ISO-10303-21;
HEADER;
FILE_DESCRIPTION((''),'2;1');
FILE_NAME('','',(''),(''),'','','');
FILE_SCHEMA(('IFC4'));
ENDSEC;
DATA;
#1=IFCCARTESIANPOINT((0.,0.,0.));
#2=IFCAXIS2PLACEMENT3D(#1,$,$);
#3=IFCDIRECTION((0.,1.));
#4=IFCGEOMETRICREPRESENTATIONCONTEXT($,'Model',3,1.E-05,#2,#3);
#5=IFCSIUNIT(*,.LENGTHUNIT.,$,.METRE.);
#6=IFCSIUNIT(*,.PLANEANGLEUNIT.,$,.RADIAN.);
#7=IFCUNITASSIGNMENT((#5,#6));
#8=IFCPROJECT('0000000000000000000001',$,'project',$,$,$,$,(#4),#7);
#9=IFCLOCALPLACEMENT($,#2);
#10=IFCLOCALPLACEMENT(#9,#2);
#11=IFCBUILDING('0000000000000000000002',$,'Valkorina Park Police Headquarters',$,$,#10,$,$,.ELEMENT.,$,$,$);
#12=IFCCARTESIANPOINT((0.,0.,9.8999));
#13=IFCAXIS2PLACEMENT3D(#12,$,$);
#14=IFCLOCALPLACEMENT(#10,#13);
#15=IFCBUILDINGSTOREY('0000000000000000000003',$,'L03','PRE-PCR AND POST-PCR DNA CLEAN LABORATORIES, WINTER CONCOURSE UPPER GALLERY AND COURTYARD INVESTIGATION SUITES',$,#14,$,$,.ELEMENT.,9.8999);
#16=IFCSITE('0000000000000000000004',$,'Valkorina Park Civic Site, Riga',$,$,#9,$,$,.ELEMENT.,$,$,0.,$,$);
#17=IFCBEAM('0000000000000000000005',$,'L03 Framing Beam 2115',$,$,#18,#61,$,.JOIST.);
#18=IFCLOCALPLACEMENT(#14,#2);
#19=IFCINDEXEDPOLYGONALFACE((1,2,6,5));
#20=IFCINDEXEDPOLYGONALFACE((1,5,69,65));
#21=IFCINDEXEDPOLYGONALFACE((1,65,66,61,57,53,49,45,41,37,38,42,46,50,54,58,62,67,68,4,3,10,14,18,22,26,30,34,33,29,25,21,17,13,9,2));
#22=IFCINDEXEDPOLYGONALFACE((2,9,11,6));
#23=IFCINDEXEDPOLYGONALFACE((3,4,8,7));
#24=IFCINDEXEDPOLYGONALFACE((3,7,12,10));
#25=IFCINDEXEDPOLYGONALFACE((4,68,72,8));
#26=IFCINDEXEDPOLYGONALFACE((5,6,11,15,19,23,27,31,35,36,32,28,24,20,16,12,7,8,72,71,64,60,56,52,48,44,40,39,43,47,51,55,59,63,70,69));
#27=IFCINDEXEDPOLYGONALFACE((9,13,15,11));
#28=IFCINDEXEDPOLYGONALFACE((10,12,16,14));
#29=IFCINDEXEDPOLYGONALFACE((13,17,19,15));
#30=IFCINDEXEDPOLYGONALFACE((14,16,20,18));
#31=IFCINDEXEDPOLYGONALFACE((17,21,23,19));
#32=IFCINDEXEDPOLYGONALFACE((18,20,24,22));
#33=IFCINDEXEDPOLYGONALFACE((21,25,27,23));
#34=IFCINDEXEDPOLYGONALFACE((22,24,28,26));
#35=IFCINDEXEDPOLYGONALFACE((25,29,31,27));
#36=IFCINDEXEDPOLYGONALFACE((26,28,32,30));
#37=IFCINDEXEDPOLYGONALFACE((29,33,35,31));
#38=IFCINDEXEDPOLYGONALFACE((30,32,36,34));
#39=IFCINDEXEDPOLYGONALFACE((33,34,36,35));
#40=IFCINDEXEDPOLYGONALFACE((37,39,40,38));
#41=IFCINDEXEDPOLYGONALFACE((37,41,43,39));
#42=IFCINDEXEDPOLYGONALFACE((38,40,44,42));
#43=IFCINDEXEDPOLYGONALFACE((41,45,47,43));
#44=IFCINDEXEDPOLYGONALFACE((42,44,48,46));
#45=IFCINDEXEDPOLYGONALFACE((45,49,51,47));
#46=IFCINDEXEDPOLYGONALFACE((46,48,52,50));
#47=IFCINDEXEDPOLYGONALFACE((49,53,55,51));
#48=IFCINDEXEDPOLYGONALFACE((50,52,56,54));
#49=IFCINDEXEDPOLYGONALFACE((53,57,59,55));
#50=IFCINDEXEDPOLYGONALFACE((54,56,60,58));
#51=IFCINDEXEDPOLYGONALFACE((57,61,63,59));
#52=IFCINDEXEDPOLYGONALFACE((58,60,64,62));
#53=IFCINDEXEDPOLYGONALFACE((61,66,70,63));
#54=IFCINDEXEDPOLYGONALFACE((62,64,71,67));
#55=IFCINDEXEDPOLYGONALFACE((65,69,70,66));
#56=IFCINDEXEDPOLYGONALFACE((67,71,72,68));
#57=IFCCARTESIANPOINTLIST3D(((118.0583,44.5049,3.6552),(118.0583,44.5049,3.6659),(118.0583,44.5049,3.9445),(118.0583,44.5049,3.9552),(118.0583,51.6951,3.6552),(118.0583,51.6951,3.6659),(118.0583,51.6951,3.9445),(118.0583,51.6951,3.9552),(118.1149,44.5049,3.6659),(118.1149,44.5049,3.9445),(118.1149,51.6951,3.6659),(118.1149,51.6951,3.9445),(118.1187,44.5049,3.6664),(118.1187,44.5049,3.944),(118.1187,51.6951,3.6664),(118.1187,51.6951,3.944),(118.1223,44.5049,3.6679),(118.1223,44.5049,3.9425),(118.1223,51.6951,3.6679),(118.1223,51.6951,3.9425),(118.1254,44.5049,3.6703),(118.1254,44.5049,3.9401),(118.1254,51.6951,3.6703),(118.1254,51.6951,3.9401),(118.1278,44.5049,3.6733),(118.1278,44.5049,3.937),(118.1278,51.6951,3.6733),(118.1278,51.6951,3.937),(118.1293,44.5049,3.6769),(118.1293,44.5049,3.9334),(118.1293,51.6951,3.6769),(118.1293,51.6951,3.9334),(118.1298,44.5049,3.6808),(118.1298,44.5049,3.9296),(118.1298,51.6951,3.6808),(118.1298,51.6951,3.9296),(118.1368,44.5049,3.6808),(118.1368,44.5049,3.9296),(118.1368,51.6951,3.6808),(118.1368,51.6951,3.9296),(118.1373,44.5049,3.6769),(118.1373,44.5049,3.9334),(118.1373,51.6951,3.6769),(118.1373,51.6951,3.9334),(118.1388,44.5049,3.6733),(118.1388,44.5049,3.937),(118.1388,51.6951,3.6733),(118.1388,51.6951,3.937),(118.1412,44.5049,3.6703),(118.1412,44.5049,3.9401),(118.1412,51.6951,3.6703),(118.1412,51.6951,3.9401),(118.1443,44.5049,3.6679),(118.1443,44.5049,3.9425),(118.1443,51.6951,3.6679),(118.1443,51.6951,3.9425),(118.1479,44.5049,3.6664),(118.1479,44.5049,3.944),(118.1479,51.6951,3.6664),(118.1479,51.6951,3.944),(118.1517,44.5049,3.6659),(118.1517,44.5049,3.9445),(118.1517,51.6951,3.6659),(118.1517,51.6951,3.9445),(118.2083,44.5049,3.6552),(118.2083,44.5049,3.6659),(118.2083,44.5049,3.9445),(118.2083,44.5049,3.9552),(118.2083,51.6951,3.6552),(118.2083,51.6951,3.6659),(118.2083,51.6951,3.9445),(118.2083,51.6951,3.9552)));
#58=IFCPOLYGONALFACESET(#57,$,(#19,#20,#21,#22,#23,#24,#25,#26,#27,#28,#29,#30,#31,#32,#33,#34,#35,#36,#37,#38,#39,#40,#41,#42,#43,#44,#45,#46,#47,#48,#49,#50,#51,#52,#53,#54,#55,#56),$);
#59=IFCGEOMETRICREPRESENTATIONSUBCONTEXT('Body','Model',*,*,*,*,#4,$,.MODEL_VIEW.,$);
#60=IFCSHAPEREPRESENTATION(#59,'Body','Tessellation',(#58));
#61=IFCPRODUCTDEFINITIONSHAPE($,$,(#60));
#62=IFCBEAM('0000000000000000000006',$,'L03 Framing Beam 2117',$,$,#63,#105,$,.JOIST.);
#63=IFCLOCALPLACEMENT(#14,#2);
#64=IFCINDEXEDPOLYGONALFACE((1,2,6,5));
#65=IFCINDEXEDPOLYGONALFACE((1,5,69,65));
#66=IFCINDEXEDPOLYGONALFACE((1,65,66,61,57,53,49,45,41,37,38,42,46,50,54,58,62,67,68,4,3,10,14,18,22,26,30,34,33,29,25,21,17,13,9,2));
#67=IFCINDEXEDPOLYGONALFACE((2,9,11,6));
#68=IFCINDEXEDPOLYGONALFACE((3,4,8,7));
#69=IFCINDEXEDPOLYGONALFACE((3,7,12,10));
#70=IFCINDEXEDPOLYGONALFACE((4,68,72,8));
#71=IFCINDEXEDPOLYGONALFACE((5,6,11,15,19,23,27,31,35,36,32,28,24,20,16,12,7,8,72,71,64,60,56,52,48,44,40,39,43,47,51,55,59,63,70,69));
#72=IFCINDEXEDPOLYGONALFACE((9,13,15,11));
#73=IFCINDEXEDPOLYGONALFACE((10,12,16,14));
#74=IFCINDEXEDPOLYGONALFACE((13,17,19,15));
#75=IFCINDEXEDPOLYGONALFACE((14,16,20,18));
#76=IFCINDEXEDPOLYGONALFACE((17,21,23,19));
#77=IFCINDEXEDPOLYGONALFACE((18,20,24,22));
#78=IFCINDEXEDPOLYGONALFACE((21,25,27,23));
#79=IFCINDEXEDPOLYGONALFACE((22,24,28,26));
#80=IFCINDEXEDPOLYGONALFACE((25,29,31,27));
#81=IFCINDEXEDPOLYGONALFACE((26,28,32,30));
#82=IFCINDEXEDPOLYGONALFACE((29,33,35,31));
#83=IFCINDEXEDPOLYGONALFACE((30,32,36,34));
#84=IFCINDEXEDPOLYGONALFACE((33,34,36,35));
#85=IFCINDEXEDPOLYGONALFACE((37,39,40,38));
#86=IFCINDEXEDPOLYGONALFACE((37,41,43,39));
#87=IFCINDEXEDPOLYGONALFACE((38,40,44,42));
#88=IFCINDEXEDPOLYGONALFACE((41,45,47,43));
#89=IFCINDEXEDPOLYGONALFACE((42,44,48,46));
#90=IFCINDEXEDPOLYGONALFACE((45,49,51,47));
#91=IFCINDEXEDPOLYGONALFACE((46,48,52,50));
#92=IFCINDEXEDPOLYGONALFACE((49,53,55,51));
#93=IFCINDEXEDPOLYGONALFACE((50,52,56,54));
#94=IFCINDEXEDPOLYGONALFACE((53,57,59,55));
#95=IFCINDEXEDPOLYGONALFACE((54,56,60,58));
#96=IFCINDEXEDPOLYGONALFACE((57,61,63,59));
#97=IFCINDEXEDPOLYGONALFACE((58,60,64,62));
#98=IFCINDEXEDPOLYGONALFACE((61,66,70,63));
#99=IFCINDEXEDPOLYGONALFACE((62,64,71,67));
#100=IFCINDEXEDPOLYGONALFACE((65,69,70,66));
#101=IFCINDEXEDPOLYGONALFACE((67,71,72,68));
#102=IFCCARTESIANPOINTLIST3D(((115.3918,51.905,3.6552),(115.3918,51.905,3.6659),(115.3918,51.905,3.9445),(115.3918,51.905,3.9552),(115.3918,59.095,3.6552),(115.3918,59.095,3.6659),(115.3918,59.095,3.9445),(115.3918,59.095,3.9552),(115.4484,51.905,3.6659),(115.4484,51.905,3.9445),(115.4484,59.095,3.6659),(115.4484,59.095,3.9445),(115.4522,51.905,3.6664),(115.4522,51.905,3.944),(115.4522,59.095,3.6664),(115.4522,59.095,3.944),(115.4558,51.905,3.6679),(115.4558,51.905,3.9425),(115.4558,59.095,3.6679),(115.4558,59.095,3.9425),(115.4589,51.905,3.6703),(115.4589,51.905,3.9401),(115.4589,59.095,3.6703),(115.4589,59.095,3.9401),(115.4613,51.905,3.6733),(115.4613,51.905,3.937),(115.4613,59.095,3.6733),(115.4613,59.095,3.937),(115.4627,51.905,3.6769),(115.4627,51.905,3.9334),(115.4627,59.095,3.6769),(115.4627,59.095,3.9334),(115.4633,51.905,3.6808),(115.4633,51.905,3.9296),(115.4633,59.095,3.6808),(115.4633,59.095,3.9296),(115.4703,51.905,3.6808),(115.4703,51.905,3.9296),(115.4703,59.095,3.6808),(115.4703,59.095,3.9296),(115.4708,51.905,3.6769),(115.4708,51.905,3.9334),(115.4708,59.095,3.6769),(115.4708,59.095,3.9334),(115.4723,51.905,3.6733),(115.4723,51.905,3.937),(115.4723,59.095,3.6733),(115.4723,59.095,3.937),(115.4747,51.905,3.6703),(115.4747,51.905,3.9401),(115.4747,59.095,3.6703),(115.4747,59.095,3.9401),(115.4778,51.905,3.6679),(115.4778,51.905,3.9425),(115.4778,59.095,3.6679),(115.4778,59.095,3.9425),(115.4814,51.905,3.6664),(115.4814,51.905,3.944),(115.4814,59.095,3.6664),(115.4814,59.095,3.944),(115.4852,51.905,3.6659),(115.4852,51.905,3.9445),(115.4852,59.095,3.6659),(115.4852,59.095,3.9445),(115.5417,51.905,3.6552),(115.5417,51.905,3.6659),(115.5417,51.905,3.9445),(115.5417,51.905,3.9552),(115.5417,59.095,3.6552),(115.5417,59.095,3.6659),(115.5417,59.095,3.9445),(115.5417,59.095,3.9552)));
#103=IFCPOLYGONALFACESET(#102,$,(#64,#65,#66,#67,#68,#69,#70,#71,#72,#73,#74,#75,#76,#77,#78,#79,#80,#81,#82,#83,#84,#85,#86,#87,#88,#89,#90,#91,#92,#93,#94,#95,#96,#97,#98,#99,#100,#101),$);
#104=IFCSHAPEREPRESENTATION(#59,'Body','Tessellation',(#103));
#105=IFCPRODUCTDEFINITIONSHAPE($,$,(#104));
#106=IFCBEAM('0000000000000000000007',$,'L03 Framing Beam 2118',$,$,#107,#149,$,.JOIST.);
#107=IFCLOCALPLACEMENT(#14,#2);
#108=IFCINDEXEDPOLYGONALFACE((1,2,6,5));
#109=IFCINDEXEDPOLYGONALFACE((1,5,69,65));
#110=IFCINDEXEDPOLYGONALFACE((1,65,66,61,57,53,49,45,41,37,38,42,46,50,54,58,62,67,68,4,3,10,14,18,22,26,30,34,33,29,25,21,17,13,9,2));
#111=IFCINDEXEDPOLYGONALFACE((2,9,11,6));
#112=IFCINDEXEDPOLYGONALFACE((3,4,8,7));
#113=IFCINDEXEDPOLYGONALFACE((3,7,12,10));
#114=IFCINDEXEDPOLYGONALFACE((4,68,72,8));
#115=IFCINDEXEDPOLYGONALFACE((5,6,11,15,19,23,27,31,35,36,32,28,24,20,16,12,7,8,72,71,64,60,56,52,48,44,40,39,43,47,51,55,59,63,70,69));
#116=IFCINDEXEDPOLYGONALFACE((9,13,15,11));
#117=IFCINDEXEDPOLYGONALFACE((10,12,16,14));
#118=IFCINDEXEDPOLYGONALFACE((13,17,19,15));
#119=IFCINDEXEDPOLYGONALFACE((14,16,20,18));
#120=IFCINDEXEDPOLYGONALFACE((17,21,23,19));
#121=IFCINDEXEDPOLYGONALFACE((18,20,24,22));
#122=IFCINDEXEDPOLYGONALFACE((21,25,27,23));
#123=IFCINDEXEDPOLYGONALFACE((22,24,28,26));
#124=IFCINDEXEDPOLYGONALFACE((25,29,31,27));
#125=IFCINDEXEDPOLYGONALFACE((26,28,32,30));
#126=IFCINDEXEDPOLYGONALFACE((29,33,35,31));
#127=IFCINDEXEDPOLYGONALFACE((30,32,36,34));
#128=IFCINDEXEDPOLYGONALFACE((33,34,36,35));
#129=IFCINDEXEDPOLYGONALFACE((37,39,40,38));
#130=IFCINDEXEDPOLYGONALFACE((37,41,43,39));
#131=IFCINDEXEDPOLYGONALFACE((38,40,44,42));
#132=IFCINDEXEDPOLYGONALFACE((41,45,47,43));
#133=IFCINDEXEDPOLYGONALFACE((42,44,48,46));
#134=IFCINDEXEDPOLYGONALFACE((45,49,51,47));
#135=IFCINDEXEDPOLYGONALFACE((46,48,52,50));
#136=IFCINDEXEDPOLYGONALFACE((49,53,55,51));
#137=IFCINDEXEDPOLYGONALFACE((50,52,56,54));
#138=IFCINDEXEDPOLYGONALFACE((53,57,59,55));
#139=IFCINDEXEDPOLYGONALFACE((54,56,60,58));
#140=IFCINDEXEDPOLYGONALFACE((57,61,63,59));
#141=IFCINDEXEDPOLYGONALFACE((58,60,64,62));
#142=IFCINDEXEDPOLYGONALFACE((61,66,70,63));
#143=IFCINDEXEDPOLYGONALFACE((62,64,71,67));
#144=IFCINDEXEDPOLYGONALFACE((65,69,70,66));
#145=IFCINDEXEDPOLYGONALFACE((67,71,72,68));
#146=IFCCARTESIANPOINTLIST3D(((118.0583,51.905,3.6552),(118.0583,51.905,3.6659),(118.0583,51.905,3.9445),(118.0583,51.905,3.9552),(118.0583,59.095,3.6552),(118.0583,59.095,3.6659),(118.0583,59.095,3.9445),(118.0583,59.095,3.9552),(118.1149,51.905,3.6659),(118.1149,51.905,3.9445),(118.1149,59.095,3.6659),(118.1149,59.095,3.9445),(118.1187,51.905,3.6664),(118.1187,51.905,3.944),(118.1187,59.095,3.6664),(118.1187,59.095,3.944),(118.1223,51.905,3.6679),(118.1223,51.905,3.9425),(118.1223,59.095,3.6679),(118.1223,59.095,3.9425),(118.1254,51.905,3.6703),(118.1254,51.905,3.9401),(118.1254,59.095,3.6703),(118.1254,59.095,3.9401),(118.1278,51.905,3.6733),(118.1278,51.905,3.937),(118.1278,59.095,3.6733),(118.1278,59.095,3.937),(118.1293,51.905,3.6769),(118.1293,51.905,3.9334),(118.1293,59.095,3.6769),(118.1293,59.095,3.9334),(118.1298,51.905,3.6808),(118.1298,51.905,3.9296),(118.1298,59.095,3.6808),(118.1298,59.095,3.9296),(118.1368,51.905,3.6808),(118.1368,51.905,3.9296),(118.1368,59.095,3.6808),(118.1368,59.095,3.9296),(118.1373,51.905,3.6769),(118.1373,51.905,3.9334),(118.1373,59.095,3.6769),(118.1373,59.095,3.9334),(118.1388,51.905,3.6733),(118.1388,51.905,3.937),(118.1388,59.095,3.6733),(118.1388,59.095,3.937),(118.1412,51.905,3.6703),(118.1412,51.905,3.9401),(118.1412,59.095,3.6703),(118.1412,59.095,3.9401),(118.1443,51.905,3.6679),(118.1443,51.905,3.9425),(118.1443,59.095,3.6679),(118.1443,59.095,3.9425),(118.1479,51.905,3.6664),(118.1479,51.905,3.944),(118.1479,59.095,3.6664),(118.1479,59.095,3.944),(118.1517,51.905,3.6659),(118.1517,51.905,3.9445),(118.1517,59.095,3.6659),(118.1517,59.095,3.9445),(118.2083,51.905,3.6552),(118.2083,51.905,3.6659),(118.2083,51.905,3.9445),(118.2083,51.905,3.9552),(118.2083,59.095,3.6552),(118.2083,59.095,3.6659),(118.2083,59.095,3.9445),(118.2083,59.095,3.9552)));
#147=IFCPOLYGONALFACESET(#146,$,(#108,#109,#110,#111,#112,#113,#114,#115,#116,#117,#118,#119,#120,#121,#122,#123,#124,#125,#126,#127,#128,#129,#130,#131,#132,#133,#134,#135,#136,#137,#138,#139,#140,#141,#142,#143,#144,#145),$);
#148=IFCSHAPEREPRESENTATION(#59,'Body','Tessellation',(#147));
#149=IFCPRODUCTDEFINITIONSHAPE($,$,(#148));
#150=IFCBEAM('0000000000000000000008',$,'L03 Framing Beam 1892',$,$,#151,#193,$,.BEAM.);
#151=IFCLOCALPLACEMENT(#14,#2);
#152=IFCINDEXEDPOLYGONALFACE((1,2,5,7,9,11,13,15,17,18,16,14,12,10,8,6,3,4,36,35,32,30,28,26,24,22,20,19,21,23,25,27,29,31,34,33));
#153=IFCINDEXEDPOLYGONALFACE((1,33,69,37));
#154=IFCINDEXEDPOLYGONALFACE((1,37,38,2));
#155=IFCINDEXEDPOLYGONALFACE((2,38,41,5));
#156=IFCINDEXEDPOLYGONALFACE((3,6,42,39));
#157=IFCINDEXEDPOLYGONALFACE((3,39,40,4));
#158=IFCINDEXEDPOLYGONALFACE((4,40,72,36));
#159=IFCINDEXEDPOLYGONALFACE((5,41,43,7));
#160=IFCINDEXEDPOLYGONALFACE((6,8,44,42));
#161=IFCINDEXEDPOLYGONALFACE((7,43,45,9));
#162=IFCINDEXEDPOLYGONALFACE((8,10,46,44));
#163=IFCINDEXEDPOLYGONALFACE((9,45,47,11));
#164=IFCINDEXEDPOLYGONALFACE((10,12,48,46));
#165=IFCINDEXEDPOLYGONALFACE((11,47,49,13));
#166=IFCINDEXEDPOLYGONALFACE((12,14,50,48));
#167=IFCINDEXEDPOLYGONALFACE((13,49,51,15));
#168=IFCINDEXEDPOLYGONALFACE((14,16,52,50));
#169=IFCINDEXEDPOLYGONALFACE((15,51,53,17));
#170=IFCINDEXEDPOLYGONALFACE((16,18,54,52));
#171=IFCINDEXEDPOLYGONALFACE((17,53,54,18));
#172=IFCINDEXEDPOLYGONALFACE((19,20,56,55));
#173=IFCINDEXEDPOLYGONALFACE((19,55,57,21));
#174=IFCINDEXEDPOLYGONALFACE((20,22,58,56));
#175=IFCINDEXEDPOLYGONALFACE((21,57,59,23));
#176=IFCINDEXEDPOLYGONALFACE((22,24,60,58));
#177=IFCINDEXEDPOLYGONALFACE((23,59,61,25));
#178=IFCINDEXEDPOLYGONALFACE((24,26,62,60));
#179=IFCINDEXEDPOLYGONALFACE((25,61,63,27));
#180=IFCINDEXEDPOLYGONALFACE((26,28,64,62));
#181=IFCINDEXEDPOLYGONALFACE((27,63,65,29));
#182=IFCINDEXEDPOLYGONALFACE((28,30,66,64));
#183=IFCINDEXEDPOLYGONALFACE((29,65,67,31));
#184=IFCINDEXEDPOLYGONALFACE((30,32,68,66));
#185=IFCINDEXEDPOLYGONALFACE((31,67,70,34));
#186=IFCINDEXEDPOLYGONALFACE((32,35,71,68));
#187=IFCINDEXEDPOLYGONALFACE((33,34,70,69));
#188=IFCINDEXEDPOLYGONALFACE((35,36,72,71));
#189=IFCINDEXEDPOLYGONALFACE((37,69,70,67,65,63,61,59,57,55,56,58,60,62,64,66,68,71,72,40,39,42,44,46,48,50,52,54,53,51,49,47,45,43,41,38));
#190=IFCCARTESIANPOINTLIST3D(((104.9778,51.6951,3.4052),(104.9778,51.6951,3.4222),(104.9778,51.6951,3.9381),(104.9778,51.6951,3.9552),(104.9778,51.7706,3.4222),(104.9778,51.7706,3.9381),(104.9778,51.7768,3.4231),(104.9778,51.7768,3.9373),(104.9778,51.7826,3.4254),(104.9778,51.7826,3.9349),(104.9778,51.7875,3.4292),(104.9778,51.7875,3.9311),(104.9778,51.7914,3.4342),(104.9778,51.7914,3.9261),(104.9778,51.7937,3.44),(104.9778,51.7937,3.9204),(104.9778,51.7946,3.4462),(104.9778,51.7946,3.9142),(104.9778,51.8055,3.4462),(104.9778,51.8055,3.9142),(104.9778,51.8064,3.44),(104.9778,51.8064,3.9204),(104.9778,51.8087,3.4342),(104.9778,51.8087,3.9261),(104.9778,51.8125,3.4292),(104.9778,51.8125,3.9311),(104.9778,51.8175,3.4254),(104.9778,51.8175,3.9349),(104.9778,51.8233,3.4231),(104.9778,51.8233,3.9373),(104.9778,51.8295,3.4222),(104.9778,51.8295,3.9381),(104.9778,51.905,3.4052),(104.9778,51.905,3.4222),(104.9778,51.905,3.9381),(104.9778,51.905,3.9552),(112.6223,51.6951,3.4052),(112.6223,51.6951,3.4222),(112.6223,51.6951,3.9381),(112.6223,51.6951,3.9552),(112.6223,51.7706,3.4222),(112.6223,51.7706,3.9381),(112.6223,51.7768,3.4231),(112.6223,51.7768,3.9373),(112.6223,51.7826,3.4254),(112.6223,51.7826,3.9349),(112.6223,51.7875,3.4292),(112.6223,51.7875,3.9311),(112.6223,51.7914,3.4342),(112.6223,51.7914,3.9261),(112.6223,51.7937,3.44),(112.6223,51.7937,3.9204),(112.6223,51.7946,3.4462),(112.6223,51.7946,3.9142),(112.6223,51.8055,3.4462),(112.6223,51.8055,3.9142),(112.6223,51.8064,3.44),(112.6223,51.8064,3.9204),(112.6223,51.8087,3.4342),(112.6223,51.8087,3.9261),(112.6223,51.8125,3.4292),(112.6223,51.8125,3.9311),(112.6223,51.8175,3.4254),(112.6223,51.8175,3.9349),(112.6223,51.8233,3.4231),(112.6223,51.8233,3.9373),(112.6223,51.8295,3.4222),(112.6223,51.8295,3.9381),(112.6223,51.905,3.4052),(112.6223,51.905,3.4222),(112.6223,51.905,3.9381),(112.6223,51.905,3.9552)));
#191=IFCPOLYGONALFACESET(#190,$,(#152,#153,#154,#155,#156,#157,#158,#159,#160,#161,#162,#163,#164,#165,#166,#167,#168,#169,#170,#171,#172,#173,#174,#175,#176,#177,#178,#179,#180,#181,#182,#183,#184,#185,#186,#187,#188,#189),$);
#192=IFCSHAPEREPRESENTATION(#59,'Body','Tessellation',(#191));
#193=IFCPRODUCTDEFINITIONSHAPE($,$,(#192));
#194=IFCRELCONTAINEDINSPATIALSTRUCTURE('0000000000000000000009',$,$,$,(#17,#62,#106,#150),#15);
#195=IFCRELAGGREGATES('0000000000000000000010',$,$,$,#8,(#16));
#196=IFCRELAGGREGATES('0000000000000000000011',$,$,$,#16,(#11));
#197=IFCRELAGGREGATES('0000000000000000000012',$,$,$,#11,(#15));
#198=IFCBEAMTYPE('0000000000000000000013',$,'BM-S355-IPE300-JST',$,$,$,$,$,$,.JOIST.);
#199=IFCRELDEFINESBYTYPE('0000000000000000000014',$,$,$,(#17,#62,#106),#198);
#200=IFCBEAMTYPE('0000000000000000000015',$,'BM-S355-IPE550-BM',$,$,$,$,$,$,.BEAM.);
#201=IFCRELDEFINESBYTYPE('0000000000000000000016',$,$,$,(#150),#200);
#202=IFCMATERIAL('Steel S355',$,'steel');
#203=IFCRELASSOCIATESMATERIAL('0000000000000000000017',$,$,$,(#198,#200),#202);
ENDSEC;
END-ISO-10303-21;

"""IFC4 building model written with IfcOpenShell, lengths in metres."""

from ifc_helpers import new_model, si_unit, direction, frame, origin, origin_2d, place, context, subcontext, project, spatial, i_section, extrude, material, material_profile, profile_set, type_object, element, save


model = new_model("IFC4")

# Units and contexts
model_context = context("Model", 3, precision=1e-05, world=origin(), true_north=direction((0.0, 1.0)))
body_context = subcontext(model_context, "Body", "Model", "MODEL_VIEW")
ifc_project = project(units=[si_unit("LENGTHUNIT", "METRE"), si_unit("PLANEANGLEUNIT", "RADIAN")], contexts=[model_context])

# Site, building, storey
site_placement = place(None, origin())
site = spatial("IfcSite", under=ifc_project, at=site_placement, Name="Valkorina Park Civic Site, Riga", CompositionType="ELEMENT", RefElevation=0.0)
building_placement = place(site_placement, origin())
building = spatial("IfcBuilding", under=site, at=building_placement, Name="Valkorina Park Police Headquarters", CompositionType="ELEMENT")
storey_placement = place(building_placement, frame((0.0, 0.0, 9.8999)))
storey = spatial("IfcBuildingStorey", under=building, at=storey_placement, Name="L03", Description="PRE-PCR AND POST-PCR DNA CLEAN LABORATORIES, WINTER CONCOURSE UPPER GALLERY AND COURTYARD INVESTIGATION SUITES", CompositionType="ELEMENT", Elevation=9.8999)

# Shared definitions
ifc_material_1 = material(Name="Steel S355", Category="steel")

# Beams
ifc_material_profile_1 = material_profile(ifc_material_1, i_section(OverallWidth=0.1499, OverallDepth=0.3, WebThickness=0.0071, FlangeThickness=0.0107, FilletRadius=0.0149, at=origin_2d()), Name="IPE 300")
ifc_profile_set_1 = profile_set([ifc_material_profile_1], Name="Steel S355")
beam_type_1 = type_object("IfcBeamType", Name="BM-S355-IPE300-JST", PredefinedType="JOIST", material=ifc_profile_set_1)
for number, where, z_axis, x_axis, name in (
    (1, (118.1333, 44.5049, 3.8052), (0.0, 1.0, 0.0), (-1.0, 0.0, 0.0), "L03 Framing Beam 2115"),
):
    element("IfcBeam", number, at=place(storey_placement, frame(where, z_axis=z_axis, x_axis=x_axis)), inside=storey, type_object=beam_type_1, Name=name, PredefinedType="JOIST", context=body_context, shape_type="SweptSolid", body=[
        extrude(i_section(OverallWidth=0.1499, OverallDepth=0.3, WebThickness=0.0071, FlangeThickness=0.0107, FilletRadius=0.0149, at=origin_2d()), origin(), (0.0, 0.0, 1.0), 7.1902),
    ])
for number, where, z_axis, x_axis, name in (
    (2, (115.4668, 51.905, 3.8052), (0.0, 1.0, 0.0), (-1.0, 0.0, 0.0), "L03 Framing Beam 2117"),
    (3, (118.1333, 51.905, 3.8052), (0.0, 1.0, 0.0), (-1.0, 0.0, 0.0), "L03 Framing Beam 2118"),
):
    element("IfcBeam", number, at=place(storey_placement, frame(where, z_axis=z_axis, x_axis=x_axis)), inside=storey, type_object=beam_type_1, Name=name, PredefinedType="JOIST", context=body_context, shape_type="SweptSolid", body=[
        extrude(i_section(OverallWidth=0.1499, OverallDepth=0.3, WebThickness=0.0071, FlangeThickness=0.0107, FilletRadius=0.0149, at=origin_2d()), origin(), (0.0, 0.0, 1.0), 7.1899),
    ])
ifc_material_profile_2 = material_profile(ifc_material_1, i_section(OverallWidth=0.21, OverallDepth=0.55, WebThickness=0.011, FlangeThickness=0.0171, FilletRadius=0.0239, at=origin_2d()), Name="IPE 550")
ifc_profile_set_2 = profile_set([ifc_material_profile_2], Name="Steel S355")
beam_type_2 = type_object("IfcBeamType", Name="BM-S355-IPE550-BM", PredefinedType="BEAM", material=ifc_profile_set_2)
for number, where, z_axis, x_axis, name in (
    (4, (104.9778, 51.8, 3.6802), (1.0, 0.0, 0.0), (0.0, 1.0, 0.0), "L03 Framing Beam 1892"),
):
    element("IfcBeam", number, at=place(storey_placement, frame(where, z_axis=z_axis, x_axis=x_axis)), inside=storey, type_object=beam_type_2, Name=name, PredefinedType="BEAM", context=body_context, shape_type="SweptSolid", body=[
        extrude(i_section(OverallWidth=0.21, OverallDepth=0.55, WebThickness=0.011, FlangeThickness=0.0171, FilletRadius=0.0239, at=origin_2d()), origin(), (0.0, 0.0, 1.0), 7.6445),
    ])

save(model, "model.ifc")
